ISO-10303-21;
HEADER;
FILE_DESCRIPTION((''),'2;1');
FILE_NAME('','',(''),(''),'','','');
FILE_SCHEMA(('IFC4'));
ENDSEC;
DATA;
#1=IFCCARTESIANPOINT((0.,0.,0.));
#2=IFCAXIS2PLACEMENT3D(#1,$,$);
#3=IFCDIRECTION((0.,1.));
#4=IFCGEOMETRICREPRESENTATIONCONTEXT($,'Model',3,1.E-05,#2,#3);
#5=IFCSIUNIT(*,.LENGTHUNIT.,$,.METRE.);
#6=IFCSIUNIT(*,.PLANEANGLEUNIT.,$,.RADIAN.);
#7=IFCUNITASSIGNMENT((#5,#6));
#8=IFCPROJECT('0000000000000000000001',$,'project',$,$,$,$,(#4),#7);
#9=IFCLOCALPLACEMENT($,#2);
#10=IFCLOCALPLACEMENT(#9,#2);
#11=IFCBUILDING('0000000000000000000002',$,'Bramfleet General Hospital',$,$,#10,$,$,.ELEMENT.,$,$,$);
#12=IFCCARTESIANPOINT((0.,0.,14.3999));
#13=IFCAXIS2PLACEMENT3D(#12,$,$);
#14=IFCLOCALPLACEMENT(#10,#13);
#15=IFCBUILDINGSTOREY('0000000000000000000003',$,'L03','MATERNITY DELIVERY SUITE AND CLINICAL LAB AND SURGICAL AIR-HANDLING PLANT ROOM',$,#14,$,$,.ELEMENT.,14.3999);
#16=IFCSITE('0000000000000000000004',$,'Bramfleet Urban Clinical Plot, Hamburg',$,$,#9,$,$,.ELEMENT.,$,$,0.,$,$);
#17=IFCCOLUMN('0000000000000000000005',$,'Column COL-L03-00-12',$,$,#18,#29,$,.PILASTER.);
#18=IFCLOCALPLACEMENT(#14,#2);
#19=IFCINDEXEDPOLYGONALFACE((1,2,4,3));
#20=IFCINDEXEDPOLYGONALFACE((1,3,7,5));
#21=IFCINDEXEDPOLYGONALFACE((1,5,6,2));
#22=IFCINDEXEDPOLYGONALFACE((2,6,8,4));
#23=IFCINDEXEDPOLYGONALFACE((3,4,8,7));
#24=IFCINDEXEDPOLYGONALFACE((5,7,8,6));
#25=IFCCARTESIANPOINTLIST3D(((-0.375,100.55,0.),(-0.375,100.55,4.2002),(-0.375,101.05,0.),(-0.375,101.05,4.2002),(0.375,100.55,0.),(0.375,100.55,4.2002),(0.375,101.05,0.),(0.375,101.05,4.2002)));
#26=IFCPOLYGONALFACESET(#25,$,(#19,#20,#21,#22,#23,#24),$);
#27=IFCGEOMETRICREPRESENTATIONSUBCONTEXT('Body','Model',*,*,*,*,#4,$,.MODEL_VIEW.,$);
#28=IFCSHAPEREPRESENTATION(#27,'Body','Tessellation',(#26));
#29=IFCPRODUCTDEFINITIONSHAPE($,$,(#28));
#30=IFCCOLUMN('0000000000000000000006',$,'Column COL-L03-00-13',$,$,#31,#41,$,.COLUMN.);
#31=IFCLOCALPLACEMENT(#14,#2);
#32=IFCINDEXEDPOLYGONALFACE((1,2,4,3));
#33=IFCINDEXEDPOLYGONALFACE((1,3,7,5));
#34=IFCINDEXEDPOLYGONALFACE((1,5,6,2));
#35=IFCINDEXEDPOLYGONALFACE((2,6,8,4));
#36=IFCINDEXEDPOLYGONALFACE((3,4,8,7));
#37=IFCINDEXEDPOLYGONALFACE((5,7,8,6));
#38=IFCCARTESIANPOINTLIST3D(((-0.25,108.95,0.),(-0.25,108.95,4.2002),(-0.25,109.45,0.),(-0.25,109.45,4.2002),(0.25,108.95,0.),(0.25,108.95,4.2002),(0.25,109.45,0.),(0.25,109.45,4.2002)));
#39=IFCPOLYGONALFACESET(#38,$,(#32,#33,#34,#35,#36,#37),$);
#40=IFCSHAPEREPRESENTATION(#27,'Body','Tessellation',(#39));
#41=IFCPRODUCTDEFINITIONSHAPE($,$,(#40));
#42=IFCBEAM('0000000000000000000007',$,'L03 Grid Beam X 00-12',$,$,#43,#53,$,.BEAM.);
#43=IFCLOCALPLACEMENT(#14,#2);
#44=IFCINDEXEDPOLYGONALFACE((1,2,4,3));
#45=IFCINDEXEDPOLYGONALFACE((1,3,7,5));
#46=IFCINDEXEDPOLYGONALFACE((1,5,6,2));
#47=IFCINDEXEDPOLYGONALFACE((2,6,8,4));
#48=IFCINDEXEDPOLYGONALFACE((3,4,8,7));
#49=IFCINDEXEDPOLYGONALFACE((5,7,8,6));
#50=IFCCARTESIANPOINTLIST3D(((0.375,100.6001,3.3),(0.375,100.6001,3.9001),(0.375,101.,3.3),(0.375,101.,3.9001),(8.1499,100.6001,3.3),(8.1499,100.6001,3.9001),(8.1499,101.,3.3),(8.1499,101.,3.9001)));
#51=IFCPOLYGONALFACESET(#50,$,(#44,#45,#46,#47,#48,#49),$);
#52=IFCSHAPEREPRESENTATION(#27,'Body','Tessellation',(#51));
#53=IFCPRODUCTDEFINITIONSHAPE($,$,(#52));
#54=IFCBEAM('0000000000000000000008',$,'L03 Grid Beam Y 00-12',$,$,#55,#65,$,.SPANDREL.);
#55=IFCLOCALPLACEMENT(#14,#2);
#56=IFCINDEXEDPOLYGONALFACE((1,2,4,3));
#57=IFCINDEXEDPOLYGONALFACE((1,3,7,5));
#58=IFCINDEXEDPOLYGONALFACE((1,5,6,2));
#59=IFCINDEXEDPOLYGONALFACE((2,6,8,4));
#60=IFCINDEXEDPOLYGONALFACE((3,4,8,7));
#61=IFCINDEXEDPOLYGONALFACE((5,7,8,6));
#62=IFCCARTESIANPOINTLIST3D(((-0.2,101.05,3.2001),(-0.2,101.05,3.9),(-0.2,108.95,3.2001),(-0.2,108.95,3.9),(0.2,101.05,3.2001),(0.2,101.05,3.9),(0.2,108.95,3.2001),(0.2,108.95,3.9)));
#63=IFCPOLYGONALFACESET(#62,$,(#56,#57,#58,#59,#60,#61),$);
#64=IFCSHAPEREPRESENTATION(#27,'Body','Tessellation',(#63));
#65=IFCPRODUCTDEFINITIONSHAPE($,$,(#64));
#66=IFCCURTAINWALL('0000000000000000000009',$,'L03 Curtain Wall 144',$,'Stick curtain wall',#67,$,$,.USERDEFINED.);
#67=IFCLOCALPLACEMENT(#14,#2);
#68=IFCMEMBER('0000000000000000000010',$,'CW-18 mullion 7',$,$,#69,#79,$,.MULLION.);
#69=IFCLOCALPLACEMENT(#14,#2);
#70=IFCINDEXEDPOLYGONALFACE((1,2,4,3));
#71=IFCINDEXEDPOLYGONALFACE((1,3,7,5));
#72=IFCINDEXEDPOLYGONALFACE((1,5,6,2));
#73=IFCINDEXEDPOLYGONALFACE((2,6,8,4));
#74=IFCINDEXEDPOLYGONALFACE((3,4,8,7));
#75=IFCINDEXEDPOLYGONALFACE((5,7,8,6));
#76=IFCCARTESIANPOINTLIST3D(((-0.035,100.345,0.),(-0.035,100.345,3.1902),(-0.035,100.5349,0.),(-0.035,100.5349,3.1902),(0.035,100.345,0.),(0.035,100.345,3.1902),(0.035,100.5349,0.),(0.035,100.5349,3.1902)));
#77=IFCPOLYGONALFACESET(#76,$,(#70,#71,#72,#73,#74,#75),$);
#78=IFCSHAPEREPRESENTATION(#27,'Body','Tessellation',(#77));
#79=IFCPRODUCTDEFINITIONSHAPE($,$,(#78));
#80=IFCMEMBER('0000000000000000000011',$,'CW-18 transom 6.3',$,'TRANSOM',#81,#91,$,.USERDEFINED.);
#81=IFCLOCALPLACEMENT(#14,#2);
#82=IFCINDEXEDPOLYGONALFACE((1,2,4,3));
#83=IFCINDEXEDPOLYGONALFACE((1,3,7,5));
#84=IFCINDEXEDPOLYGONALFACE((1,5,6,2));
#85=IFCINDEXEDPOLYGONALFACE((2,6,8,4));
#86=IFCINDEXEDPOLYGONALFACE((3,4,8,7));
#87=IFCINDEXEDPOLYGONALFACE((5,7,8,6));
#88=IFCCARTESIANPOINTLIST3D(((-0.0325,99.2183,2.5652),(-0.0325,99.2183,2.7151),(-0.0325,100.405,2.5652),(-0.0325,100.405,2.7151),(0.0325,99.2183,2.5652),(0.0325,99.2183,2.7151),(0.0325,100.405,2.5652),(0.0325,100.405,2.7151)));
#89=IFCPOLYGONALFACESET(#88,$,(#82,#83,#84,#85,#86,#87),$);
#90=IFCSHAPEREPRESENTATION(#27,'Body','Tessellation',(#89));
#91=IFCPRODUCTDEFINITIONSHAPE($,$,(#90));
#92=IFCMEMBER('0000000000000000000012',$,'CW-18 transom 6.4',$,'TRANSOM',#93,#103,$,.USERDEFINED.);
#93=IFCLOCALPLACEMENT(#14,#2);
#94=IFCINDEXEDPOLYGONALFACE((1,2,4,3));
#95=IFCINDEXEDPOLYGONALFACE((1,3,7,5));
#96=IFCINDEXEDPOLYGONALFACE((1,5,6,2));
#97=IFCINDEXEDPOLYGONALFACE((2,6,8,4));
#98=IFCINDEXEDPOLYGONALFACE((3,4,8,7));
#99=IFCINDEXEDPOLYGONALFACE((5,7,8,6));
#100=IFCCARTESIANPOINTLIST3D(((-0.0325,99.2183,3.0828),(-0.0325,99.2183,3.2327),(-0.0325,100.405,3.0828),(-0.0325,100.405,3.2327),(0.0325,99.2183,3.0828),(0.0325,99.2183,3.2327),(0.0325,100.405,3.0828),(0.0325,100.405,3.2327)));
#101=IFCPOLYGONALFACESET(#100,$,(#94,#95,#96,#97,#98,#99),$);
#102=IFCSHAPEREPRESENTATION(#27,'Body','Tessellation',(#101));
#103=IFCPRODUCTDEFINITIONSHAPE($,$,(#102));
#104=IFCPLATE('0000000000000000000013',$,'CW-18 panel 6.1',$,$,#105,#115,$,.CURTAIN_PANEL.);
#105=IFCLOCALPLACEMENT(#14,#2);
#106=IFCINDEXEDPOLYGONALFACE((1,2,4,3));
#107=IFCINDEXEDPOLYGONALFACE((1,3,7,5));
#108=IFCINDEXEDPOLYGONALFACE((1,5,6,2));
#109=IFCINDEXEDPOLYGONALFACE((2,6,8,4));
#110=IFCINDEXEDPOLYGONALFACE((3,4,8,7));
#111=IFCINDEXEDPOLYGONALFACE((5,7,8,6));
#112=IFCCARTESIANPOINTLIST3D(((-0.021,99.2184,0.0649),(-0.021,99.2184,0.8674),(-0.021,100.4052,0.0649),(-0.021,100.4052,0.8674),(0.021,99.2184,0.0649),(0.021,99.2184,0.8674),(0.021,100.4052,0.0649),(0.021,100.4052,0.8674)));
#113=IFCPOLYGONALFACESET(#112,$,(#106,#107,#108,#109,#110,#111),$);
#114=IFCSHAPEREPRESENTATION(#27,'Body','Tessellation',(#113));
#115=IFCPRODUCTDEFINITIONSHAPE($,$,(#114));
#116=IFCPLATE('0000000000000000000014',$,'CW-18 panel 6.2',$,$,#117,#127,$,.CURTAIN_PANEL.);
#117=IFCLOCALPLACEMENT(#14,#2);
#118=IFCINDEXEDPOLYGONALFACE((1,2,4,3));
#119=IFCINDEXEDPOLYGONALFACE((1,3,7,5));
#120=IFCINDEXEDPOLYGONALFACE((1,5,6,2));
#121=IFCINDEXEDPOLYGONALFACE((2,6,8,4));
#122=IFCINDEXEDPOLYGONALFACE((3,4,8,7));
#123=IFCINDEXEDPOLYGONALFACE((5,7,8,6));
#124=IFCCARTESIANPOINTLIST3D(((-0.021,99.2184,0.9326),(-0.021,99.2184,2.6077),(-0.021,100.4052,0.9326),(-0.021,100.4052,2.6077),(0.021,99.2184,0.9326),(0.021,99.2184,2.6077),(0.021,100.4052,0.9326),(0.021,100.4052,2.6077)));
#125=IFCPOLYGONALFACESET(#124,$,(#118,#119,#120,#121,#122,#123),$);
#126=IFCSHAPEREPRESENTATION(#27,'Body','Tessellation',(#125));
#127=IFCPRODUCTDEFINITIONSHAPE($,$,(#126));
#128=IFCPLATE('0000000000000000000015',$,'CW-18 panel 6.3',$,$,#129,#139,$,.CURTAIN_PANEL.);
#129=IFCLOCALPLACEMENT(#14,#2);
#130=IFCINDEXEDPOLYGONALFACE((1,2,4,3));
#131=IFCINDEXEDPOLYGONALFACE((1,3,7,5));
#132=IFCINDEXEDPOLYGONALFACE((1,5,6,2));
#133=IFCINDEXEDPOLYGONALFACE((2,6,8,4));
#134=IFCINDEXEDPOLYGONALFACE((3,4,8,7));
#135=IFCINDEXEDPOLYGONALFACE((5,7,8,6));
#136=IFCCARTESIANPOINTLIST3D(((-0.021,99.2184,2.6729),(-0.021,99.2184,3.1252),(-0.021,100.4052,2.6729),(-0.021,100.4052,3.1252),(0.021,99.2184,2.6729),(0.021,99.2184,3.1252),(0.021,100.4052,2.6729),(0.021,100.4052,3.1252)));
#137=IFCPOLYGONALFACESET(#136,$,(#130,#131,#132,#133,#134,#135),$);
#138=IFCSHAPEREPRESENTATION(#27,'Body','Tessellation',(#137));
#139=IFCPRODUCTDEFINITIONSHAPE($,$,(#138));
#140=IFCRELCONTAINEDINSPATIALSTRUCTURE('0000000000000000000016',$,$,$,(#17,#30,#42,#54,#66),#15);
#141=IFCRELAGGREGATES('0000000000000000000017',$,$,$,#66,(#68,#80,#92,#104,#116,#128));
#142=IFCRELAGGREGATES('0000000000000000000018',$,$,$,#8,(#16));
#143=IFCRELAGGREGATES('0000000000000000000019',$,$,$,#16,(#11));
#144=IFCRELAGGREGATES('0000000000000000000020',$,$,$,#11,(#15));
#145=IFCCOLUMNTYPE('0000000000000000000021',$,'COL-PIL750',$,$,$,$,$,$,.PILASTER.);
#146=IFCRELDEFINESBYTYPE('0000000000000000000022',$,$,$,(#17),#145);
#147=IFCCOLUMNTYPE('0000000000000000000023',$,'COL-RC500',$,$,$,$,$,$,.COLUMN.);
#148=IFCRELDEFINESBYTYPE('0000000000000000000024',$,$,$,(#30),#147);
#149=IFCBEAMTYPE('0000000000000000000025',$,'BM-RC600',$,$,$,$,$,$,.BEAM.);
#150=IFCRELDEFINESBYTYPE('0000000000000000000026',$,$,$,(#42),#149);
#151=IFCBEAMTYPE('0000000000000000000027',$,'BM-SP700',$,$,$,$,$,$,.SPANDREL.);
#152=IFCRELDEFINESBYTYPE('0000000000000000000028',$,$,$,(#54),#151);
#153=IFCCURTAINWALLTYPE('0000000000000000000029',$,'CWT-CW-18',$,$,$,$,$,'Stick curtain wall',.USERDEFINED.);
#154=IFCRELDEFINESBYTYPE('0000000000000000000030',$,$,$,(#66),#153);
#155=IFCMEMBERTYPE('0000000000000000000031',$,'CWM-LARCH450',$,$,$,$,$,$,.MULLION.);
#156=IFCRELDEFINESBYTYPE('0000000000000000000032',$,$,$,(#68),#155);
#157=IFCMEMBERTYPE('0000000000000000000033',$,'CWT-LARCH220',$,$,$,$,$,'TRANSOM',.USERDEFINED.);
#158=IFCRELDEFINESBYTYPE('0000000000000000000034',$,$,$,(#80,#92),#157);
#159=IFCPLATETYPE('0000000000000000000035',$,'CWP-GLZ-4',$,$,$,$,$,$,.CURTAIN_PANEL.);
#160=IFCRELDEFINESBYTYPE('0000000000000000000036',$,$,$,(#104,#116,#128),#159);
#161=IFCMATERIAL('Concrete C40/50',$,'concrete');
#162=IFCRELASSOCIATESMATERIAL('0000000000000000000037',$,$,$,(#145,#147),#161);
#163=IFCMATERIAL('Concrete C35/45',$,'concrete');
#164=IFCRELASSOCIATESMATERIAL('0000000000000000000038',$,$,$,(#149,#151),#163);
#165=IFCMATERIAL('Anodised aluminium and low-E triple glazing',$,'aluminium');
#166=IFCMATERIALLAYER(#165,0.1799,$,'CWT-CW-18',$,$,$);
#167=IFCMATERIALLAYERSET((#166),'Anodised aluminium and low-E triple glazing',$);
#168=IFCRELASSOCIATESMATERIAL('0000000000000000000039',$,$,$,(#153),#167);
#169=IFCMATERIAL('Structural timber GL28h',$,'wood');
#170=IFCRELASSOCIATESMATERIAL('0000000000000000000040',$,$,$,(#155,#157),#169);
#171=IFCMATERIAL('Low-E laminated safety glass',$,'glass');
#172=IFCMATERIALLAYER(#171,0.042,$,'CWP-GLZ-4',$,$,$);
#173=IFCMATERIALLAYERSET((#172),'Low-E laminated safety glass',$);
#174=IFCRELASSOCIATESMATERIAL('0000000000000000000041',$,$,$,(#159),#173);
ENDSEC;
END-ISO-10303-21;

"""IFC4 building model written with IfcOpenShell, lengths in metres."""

from ifc_helpers import new_model, si_unit, direction, frame, origin, origin_2d, place, context, subcontext, project, spatial, rectangle, extrude, material, layer, layer_set, material_profile, profile_set, type_object, element, aggregate, save


model = new_model("IFC4")

# Units and contexts
model_context = context("Model", 3, precision=1e-05, world=origin(), true_north=direction((0.0, 1.0)))
body_context = subcontext(model_context, "Body", "Model", "MODEL_VIEW")
ifc_project = project(units=[si_unit("LENGTHUNIT", "METRE"), si_unit("PLANEANGLEUNIT", "RADIAN")], contexts=[model_context])

# Site, building, storey
site_placement = place(None, origin())
site = spatial("IfcSite", under=ifc_project, at=site_placement, Name="Bramfleet Urban Clinical Plot, Hamburg", CompositionType="ELEMENT", RefElevation=0.0)
building_placement = place(site_placement, origin())
building = spatial("IfcBuilding", under=site, at=building_placement, Name="Bramfleet General Hospital", CompositionType="ELEMENT")
storey_placement = place(building_placement, frame((0.0, 0.0, 14.3999)))
storey = spatial("IfcBuildingStorey", under=building, at=storey_placement, Name="L03", Description="MATERNITY DELIVERY SUITE AND CLINICAL LAB AND SURGICAL AIR-HANDLING PLANT ROOM", CompositionType="ELEMENT", Elevation=14.3999)

# Columns
ifc_material_1 = material(Name="Concrete C40/50", Category="concrete")
ifc_material_profile_1 = material_profile(ifc_material_1, rectangle(XDim=0.5, YDim=0.75, at=origin_2d()), Name="RC PIL 750x500")
ifc_profile_set_1 = profile_set([ifc_material_profile_1], Name="Concrete C40/50")
column_type_1 = type_object("IfcColumnType", Name="COL-PIL750", PredefinedType="PILASTER", material=ifc_profile_set_1)
column_1_placement = place(storey_placement, frame((0.0, 100.8, 0.0), z_axis=(0.0, 0.0, 1.0), x_axis=(0.0, 1.0, 0.0)))
element("IfcColumn", 1, at=column_1_placement, inside=storey, type_object=column_type_1, Name="Column COL-L03-00-12", PredefinedType="PILASTER", context=body_context, shape_type="SweptSolid", body=[
    extrude(rectangle(XDim=0.5, YDim=0.75, at=origin_2d()), origin(), (0.0, 0.0, 1.0), 4.2002),
])
ifc_material_profile_2 = material_profile(ifc_material_1, rectangle(XDim=0.5, YDim=0.5, at=origin_2d()), Name="RC COL 500x500")
ifc_profile_set_2 = profile_set([ifc_material_profile_2], Name="Concrete C40/50")
column_type_2 = type_object("IfcColumnType", Name="COL-RC500", PredefinedType="COLUMN", material=ifc_profile_set_2)
column_2_placement = place(storey_placement, frame((0.0, 109.2, 0.0), z_axis=(0.0, 0.0, 1.0), x_axis=(1.0, 0.0, 0.0)))
element("IfcColumn", 2, at=column_2_placement, inside=storey, type_object=column_type_2, Name="Column COL-L03-00-13", PredefinedType="COLUMN", context=body_context, shape_type="SweptSolid", body=[
    extrude(rectangle(XDim=0.5, YDim=0.5, at=origin_2d()), origin(), (0.0, 0.0, 1.0), 4.2002),
])

# Beams
ifc_material_2 = material(Name="Concrete C35/45", Category="concrete")
ifc_material_profile_3 = material_profile(ifc_material_2, rectangle(XDim=0.3999, YDim=0.6001, at=origin_2d()), Name="RC BM 600x400")
ifc_profile_set_3 = profile_set([ifc_material_profile_3], Name="Concrete C35/45")
beam_type_1 = type_object("IfcBeamType", Name="BM-RC600", PredefinedType="BEAM", material=ifc_profile_set_3)
beam_1_placement = place(storey_placement, frame((0.375, 100.8, 3.6001), z_axis=(1.0, 0.0, 0.0), x_axis=(0.0, 1.0, 0.0)))
element("IfcBeam", 3, at=beam_1_placement, inside=storey, type_object=beam_type_1, Name="L03 Grid Beam X 00-12", PredefinedType="BEAM", context=body_context, shape_type="SweptSolid", body=[
    extrude(rectangle(XDim=0.3999, YDim=0.6001, at=origin_2d()), origin(), (0.0, 0.0, 1.0), 7.7749),
])
ifc_material_profile_4 = material_profile(ifc_material_2, rectangle(XDim=0.3999, YDim=0.7, at=origin_2d()), Name="RC SP 700x400")
ifc_profile_set_4 = profile_set([ifc_material_profile_4], Name="Concrete C35/45")
beam_type_2 = type_object("IfcBeamType", Name="BM-SP700", PredefinedType="SPANDREL", material=ifc_profile_set_4)
beam_2_placement = place(storey_placement, frame((0.0, 101.05, 3.55), z_axis=(0.0, 1.0, 0.0), x_axis=(-1.0, 0.0, 0.0)))
element("IfcBeam", 4, at=beam_2_placement, inside=storey, type_object=beam_type_2, Name="L03 Grid Beam Y 00-12", PredefinedType="SPANDREL", context=body_context, shape_type="SweptSolid", body=[
    extrude(rectangle(XDim=0.3999, YDim=0.7, at=origin_2d()), origin(), (0.0, 0.0, 1.0), 7.8999),
])

# Curtain wall, members, plates
ifc_material_3 = material(Name="Anodised aluminium and low-E triple glazing", Category="aluminium")
ifc_layer_1 = layer(ifc_material_3, 0.1799, Name="CWT-CW-18")
ifc_layer_set_1 = layer_set([ifc_layer_1], Name="Anodised aluminium and low-E triple glazing")
curtain_wall_type = type_object("IfcCurtainWallType", Name="CWT-CW-18", ElementType="Stick curtain wall", PredefinedType="USERDEFINED", material=ifc_layer_set_1)
curtain_wall_placement = place(storey_placement, origin())
curtain_wall = element("IfcCurtainWall", 5, at=curtain_wall_placement, inside=storey, type_object=curtain_wall_type, Name="L03 Curtain Wall 144", ObjectType="Stick curtain wall", PredefinedType="USERDEFINED")
ifc_material_4 = material(Name="Structural timber GL28h", Category="wood")
ifc_material_profile_5 = material_profile(ifc_material_4, rectangle(XDim=0.0701, YDim=0.1899, at=origin_2d()), Name="LARCH 190x70")
ifc_profile_set_5 = profile_set([ifc_material_profile_5], Name="Structural timber GL28h")
member_type_1 = type_object("IfcMemberType", Name="CWM-LARCH450", PredefinedType="MULLION", material=ifc_profile_set_5)
member_1_placement = place(storey_placement, frame((0.0, 100.4399, 0.0), z_axis=(0.0, 0.0, 1.0), x_axis=(-1.0, 0.0, 0.0)))
member_1 = element("IfcMember", 6, at=member_1_placement, type_object=member_type_1, Name="CW-18 mullion 7", PredefinedType="MULLION", context=body_context, shape_type="SweptSolid", body=[
    extrude(rectangle(XDim=0.0701, YDim=0.1899, at=origin_2d()), origin(), (0.0, 0.0, 1.0), 3.1902),
])
ifc_material_profile_6 = material_profile(ifc_material_4, rectangle(XDim=0.0649, YDim=0.1499, at=origin_2d()), Name="LARCH 150x65")
ifc_profile_set_6 = profile_set([ifc_material_profile_6], Name="Structural timber GL28h")
member_type_2 = type_object("IfcMemberType", Name="CWT-LARCH220", ElementType="TRANSOM", PredefinedType="USERDEFINED", material=ifc_profile_set_6)
member_2_placement = place(storey_placement, frame((0.0, 99.2183, 2.6401), z_axis=(0.0, 1.0, 0.0), x_axis=(-1.0, 0.0, 0.0)))
member_2 = element("IfcMember", 7, at=member_2_placement, type_object=member_type_2, Name="CW-18 transom 6.3", ObjectType="TRANSOM", PredefinedType="USERDEFINED", context=body_context, shape_type="SweptSolid", body=[
    extrude(rectangle(XDim=0.0649, YDim=0.1499, at=origin_2d()), origin(), (0.0, 0.0, 1.0), 1.1868),
])
member_3_placement = place(storey_placement, frame((0.0, 99.2183, 3.1577), z_axis=(0.0, 1.0, 0.0), x_axis=(-1.0, 0.0, 0.0)))
member_3 = element("IfcMember", 8, at=member_3_placement, type_object=member_type_2, Name="CW-18 transom 6.4", ObjectType="TRANSOM", PredefinedType="USERDEFINED", context=body_context, shape_type="SweptSolid", body=[
    extrude(rectangle(XDim=0.0649, YDim=0.1499, at=origin_2d()), origin(), (0.0, 0.0, 1.0), 1.1868),
])
ifc_material_5 = material(Name="Low-E laminated safety glass", Category="glass")
ifc_layer_2 = layer(ifc_material_5, 0.042, Name="CWP-GLZ-4")
ifc_layer_set_2 = layer_set([ifc_layer_2], Name="Low-E laminated safety glass")
plate_type = type_object("IfcPlateType", Name="CWP-GLZ-4", PredefinedType="CURTAIN_PANEL", material=ifc_layer_set_2)
plate_1_placement = place(storey_placement, frame((0.0, 99.8118, 0.0649), z_axis=(0.0, 0.0, 1.0), x_axis=(0.0, 1.0, 0.0)))
plate_1 = element("IfcPlate", 9, at=plate_1_placement, type_object=plate_type, Name="CW-18 panel 6.1", PredefinedType="CURTAIN_PANEL", context=body_context, shape_type="SweptSolid", body=[
    extrude(rectangle(XDim=1.1868, YDim=0.042, at=origin_2d()), origin(), (0.0, 0.0, 1.0), 0.8025),
])
plate_2_placement = place(storey_placement, frame((0.0, 99.8118, 0.9326), z_axis=(0.0, 0.0, 1.0), x_axis=(0.0, 1.0, 0.0)))
plate_2 = element("IfcPlate", 10, at=plate_2_placement, type_object=plate_type, Name="CW-18 panel 6.2", PredefinedType="CURTAIN_PANEL", context=body_context, shape_type="SweptSolid", body=[
    extrude(rectangle(XDim=1.1868, YDim=0.042, at=origin_2d()), origin(), (0.0, 0.0, 1.0), 1.675),
])
plate_3_placement = place(storey_placement, frame((0.0, 99.8118, 2.6729), z_axis=(0.0, 0.0, 1.0), x_axis=(0.0, 1.0, 0.0)))
plate_3 = element("IfcPlate", 11, at=plate_3_placement, type_object=plate_type, Name="CW-18 panel 6.3", PredefinedType="CURTAIN_PANEL", context=body_context, shape_type="SweptSolid", body=[
    extrude(rectangle(XDim=1.1868, YDim=0.042, at=origin_2d()), origin(), (0.0, 0.0, 1.0), 0.4524),
])
aggregate(curtain_wall, [member_1, member_2, member_3, plate_1, plate_2, plate_3])

save(model, "model.ifc")
